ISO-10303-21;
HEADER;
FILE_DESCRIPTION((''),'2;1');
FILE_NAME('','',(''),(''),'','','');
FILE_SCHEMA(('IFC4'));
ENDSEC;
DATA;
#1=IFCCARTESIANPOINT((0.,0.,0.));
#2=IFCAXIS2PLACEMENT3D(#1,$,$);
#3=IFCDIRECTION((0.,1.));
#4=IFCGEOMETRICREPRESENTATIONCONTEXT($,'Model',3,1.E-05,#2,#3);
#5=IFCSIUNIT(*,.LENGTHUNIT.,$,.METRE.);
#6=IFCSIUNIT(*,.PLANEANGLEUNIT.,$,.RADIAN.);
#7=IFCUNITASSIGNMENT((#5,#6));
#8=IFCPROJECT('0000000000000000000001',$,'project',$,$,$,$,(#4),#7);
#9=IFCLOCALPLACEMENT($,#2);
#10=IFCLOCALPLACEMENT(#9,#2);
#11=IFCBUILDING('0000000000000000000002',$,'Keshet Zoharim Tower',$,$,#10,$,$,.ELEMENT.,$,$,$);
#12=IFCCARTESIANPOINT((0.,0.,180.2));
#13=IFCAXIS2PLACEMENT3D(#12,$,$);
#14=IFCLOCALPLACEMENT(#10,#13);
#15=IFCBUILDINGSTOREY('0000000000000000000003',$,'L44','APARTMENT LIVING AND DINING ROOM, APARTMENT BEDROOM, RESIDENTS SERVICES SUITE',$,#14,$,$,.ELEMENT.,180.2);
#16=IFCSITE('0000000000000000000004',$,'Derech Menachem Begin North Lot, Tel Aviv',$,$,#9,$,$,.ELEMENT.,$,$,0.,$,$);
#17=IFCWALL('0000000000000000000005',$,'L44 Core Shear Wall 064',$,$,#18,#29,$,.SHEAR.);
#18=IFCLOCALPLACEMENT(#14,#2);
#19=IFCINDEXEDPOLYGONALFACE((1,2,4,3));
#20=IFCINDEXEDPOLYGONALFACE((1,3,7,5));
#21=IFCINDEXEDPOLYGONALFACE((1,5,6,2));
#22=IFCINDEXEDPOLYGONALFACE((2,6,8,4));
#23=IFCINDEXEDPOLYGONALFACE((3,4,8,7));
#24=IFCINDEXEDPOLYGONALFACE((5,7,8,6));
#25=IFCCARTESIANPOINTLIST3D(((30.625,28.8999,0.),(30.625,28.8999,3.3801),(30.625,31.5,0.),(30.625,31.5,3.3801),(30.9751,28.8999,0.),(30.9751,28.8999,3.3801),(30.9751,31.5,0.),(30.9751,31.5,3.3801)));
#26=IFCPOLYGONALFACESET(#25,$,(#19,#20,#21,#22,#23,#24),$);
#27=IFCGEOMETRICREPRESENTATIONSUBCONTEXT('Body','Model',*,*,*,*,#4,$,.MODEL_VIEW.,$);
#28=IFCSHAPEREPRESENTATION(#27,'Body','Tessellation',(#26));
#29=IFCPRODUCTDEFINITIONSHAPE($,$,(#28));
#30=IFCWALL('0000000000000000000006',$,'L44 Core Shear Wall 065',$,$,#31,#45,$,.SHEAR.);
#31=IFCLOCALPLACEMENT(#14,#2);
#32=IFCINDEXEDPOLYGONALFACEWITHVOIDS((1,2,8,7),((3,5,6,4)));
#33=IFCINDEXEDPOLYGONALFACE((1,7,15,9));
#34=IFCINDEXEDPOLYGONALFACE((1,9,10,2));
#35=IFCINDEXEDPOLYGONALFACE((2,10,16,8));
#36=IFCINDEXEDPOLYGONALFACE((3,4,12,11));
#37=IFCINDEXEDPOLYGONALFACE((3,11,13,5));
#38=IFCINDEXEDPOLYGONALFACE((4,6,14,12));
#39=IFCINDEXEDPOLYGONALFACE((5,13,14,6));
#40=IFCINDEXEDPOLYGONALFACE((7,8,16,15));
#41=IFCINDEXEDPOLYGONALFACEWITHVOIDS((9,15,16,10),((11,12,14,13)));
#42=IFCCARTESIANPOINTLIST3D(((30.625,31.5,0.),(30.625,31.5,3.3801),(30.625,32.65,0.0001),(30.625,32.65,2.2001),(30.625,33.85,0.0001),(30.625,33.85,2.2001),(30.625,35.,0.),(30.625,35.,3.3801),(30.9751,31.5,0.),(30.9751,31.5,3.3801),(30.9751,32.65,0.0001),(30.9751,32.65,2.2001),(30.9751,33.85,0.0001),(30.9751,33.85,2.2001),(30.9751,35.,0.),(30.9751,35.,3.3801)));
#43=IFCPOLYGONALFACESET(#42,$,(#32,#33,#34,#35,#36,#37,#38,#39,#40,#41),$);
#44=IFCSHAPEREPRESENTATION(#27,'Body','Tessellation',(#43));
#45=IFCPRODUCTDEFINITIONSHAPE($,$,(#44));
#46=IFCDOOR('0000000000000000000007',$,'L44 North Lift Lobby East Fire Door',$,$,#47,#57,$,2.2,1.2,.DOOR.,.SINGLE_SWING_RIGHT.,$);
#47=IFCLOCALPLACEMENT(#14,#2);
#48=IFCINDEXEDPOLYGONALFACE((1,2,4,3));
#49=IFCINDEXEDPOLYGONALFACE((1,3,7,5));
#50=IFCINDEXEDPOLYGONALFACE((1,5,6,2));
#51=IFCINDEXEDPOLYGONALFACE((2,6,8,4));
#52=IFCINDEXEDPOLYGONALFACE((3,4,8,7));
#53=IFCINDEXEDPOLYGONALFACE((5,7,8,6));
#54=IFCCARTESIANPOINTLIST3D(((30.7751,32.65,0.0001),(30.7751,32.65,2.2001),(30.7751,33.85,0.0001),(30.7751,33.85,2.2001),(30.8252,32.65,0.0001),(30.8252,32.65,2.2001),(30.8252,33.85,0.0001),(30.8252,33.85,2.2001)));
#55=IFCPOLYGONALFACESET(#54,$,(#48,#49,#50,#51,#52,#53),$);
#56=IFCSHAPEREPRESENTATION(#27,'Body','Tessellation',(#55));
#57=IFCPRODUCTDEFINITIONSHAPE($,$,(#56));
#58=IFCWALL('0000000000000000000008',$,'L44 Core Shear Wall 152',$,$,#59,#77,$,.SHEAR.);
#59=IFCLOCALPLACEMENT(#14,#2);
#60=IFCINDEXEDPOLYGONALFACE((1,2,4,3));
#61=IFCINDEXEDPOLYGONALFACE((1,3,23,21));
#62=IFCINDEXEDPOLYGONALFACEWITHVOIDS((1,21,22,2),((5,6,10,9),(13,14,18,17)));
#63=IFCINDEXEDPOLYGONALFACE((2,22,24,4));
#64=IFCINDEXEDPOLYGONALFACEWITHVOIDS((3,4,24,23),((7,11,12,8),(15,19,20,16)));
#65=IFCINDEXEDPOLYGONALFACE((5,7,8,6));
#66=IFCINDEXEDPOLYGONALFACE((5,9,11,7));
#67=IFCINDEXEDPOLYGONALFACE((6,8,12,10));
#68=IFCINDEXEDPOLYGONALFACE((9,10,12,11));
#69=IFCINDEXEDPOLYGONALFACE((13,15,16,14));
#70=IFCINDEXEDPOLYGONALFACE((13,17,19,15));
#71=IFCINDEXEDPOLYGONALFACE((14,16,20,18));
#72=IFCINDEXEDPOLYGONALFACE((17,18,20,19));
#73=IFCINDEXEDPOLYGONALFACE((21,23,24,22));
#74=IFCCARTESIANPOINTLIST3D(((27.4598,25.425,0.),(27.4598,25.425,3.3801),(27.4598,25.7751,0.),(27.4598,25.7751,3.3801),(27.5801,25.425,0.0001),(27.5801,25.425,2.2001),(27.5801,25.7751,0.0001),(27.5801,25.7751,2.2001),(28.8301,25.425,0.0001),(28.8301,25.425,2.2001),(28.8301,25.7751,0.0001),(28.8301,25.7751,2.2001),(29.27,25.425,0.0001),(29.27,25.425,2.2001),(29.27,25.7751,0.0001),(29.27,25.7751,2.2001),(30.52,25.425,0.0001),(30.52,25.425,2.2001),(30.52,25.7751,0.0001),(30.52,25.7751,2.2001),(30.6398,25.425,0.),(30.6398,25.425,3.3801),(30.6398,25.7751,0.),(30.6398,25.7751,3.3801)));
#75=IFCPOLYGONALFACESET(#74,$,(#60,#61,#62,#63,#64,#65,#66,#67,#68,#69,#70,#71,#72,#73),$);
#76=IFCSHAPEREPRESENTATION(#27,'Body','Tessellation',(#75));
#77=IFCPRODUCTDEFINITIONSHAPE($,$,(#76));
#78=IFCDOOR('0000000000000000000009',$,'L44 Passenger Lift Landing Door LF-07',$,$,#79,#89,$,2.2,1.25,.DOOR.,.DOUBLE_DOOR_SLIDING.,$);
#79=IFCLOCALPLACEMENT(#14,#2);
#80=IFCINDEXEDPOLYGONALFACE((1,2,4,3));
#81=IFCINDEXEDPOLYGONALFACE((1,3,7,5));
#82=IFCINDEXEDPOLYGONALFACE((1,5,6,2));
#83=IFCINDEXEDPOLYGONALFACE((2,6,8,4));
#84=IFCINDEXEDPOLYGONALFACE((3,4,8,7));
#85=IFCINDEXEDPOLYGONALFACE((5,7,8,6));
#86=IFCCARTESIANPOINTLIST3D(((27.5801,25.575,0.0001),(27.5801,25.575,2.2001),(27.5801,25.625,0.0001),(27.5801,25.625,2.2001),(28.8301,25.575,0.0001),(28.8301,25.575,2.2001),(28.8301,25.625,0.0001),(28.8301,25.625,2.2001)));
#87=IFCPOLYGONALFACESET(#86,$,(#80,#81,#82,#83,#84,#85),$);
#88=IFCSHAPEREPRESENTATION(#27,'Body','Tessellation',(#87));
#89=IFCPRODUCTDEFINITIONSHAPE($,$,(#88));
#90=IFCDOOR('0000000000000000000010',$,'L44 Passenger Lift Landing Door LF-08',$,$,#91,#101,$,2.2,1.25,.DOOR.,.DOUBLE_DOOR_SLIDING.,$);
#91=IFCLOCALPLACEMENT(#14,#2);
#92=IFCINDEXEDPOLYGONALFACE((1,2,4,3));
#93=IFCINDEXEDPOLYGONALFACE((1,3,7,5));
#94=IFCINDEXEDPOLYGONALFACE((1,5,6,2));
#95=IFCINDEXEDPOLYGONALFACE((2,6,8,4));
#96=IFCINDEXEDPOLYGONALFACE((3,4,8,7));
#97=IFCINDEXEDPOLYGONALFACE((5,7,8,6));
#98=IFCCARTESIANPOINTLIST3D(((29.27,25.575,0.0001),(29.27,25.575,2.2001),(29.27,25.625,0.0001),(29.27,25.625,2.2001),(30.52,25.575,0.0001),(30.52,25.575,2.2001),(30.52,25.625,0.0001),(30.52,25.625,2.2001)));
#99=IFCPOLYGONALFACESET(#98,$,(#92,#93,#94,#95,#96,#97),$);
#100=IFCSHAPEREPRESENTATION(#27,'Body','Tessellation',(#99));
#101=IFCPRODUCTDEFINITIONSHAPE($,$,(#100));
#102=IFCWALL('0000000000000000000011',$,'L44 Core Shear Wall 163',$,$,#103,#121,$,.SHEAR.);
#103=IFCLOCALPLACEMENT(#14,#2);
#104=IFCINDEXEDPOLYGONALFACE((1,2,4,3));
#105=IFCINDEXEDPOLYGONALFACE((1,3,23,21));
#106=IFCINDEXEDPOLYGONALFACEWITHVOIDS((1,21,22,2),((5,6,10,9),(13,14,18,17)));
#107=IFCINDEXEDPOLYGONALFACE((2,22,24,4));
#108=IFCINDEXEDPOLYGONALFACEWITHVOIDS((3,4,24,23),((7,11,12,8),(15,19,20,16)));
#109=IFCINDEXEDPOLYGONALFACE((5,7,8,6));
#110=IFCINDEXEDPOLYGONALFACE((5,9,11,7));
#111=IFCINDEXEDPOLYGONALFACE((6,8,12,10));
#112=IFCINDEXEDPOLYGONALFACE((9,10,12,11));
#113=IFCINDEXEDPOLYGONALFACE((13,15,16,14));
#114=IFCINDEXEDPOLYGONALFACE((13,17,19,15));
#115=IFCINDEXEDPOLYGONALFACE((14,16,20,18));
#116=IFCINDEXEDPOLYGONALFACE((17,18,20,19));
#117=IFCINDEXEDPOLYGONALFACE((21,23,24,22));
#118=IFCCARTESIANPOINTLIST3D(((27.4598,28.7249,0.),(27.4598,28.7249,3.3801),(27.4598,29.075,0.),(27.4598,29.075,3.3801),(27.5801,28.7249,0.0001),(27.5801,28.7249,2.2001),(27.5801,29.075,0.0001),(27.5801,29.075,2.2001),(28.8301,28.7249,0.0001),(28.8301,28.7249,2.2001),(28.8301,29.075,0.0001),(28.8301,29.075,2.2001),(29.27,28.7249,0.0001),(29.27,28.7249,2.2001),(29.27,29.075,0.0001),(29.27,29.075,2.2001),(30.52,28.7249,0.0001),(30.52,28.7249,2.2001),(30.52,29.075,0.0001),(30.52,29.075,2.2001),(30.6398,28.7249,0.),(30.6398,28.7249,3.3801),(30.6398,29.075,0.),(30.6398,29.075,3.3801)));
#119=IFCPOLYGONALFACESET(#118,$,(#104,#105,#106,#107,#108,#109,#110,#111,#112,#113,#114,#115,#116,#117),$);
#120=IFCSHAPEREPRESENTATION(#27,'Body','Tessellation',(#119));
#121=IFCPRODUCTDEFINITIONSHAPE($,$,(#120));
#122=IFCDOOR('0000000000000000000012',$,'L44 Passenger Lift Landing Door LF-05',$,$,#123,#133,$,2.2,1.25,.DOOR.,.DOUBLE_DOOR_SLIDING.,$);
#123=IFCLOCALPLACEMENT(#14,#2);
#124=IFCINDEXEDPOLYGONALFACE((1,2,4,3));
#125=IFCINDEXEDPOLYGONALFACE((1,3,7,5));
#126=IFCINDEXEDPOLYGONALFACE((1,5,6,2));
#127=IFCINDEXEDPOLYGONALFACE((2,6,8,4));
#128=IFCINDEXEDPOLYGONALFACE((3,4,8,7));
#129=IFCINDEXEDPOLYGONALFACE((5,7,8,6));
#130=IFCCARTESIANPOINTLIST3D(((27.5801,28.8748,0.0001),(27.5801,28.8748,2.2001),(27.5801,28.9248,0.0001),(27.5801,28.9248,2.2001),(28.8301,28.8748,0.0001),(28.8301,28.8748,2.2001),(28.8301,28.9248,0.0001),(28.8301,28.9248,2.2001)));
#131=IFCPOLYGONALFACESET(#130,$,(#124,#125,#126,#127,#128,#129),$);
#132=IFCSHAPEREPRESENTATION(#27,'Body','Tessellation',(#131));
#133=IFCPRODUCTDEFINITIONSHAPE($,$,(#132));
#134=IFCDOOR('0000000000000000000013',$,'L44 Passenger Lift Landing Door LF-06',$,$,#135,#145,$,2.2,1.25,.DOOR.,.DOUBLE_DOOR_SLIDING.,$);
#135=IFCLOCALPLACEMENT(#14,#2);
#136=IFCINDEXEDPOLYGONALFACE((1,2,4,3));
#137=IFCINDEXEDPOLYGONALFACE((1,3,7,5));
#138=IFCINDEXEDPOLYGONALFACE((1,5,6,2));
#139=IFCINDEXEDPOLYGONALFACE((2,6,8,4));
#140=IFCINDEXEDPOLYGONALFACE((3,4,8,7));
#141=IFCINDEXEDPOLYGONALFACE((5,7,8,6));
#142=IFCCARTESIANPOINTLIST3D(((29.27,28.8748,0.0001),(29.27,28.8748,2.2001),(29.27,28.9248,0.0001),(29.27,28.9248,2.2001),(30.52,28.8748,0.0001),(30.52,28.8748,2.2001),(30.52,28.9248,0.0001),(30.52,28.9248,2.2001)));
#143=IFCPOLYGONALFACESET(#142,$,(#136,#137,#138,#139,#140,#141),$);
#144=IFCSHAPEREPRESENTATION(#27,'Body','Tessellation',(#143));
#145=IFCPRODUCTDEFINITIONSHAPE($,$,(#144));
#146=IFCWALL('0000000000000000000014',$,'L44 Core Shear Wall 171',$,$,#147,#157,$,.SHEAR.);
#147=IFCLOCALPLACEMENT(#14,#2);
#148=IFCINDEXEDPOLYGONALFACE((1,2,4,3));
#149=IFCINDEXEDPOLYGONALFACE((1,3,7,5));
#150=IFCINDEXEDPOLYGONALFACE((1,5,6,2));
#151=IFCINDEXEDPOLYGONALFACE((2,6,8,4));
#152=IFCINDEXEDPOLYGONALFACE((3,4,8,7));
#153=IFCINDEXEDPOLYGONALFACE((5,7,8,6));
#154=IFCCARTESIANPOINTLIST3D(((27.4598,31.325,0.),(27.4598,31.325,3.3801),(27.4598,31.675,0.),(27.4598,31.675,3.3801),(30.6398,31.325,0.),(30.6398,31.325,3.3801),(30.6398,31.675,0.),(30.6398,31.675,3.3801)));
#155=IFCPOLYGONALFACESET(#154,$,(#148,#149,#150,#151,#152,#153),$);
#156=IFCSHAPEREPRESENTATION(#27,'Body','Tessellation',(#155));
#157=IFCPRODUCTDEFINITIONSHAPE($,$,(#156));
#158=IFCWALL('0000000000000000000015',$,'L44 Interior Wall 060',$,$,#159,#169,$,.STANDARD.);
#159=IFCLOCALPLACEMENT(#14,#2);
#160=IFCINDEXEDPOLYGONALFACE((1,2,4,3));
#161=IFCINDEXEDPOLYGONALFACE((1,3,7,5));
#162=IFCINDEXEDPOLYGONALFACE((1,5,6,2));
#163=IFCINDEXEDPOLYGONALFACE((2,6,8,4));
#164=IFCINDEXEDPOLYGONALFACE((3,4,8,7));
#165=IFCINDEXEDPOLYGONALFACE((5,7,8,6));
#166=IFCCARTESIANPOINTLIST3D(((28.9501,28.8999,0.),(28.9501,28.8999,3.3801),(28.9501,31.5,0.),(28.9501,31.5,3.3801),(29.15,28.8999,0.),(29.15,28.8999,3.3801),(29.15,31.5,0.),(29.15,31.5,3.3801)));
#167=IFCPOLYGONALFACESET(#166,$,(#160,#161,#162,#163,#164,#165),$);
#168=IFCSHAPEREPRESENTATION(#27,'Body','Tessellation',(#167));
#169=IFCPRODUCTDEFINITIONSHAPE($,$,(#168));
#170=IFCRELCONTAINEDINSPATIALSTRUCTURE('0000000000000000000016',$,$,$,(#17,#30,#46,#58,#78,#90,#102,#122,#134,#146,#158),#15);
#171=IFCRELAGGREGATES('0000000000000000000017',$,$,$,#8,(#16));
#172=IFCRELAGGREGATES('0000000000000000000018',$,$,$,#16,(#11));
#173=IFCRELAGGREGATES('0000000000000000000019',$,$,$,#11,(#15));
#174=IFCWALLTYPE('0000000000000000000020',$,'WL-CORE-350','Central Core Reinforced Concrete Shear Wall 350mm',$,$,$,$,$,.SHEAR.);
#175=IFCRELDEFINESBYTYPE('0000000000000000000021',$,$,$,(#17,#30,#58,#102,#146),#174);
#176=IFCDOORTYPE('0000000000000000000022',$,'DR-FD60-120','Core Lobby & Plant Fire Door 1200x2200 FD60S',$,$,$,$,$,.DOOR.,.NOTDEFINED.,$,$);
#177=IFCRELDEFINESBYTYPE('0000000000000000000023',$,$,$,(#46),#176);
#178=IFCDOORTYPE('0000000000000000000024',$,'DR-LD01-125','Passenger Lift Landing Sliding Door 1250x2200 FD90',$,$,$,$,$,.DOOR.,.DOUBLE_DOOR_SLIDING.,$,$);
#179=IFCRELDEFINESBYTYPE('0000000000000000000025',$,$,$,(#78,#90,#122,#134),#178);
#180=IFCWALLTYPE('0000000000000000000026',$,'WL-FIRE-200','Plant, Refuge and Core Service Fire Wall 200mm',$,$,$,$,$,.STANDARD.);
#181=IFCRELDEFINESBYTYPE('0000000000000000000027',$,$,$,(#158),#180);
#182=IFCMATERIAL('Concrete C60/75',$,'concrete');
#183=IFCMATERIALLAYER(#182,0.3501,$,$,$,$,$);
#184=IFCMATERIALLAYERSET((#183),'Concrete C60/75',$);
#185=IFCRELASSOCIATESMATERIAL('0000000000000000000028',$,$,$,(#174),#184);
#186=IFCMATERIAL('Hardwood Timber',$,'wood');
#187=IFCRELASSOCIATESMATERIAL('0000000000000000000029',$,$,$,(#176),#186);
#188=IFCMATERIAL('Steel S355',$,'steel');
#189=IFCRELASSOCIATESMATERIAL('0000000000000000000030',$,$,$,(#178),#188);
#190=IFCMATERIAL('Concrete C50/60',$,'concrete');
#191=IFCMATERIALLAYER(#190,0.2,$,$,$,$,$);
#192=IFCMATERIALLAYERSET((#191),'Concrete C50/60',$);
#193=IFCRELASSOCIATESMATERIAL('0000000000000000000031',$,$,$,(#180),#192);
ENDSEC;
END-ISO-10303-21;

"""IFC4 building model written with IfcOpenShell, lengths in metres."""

from ifc_helpers import new_model, si_unit, direction, frame, frame_2d, origin, place, context, subcontext, project, spatial, rectangle, extrude, material, layer, layer_set, type_object, element, fill, save


model = new_model("IFC4")

# Units and contexts
model_context = context("Model", 3, precision=1e-05, world=origin(), true_north=direction((0.0, 1.0)))
body_context = subcontext(model_context, "Body", "Model", "MODEL_VIEW")
ifc_project = project(units=[si_unit("LENGTHUNIT", "METRE"), si_unit("PLANEANGLEUNIT", "RADIAN")], contexts=[model_context])

# Site, building, storey
site_placement = place(None, origin())
site = spatial("IfcSite", under=ifc_project, at=site_placement, Name="Derech Menachem Begin North Lot, Tel Aviv", CompositionType="ELEMENT", RefElevation=0.0)
building_placement = place(site_placement, origin())
building = spatial("IfcBuilding", under=site, at=building_placement, Name="Keshet Zoharim Tower", CompositionType="ELEMENT")
storey_placement = place(building_placement, frame((0.0, 0.0, 180.2)))
storey = spatial("IfcBuildingStorey", under=building, at=storey_placement, Name="L44", Description="APARTMENT LIVING AND DINING ROOM, APARTMENT BEDROOM, RESIDENTS SERVICES SUITE", CompositionType="ELEMENT", Elevation=180.2)

# Shared definitions
ifc_material_1 = material(Name="Concrete C60/75", Category="concrete")

# Shared definitions
ifc_material_2 = material(Name="Steel S355", Category="steel")

# Shared definitions
ifc_layer_1 = layer(ifc_material_1, 0.3501)
ifc_layer_set_1 = layer_set([ifc_layer_1], Name="Concrete C60/75")
wall_type_1 = type_object("IfcWallType", Name="WL-CORE-350", Description="Central Core Reinforced Concrete Shear Wall 350mm", PredefinedType="SHEAR", material=ifc_layer_set_1)

# Shared definitions
ifc_material_3 = material(Name="Hardwood Timber", Category="wood")
door_type_1 = type_object("IfcDoorType", Name="DR-FD60-120", Description="Core Lobby & Plant Fire Door 1200x2200 FD60S", OperationType="NOTDEFINED", PredefinedType="DOOR", material=ifc_material_3)

# Wall
wall_1_placement = place(storey_placement, frame((30.8, 28.8999, 0.0), z_axis=(0.0, 0.0, 1.0), x_axis=(0.0, 1.0, 0.0)))
element("IfcWall", 1, at=wall_1_placement, inside=storey, type_object=wall_type_1, Name="L44 Core Shear Wall 064", PredefinedType="SHEAR", context=body_context, shape_type="SweptSolid", body=[
    extrude(rectangle(XDim=2.6001, YDim=0.3501, at=frame_2d((1.3, 0.0))), origin(), (0.0, 0.0, 1.0), 3.3801),
])

# Wall, opening, door
wall_2_placement = place(storey_placement, frame((30.8, 31.5, 0.0), z_axis=(0.0, 0.0, 1.0), x_axis=(0.0, 1.0, 0.0)))
wall_2 = element("IfcWall", 2, at=wall_2_placement, inside=storey, type_object=wall_type_1, Name="L44 Core Shear Wall 065", PredefinedType="SHEAR", context=body_context, shape_type="SweptSolid", body=[
    extrude(rectangle(XDim=3.5, YDim=0.3501, at=frame_2d((1.75, 0.0))), origin(), (0.0, 0.0, 1.0), 3.3801),
])
opening_1_placement = place(wall_2_placement, frame((1.1499, 0.0, 0.0)))
opening_1 = element("IfcOpeningElement", 3, at=opening_1_placement, cuts=wall_2, PredefinedType="OPENING", context=body_context, shape_type="SweptSolid", body=[
    extrude(rectangle(XDim=1.2, YDim=2.2, at=frame_2d((0.6001, 1.1001))), frame((0.0, 0.1851, 0.0), z_axis=(0.0, -1.0, 0.0), x_axis=(1.0, 0.0, 0.0)), (0.0, 0.0, 1.0), 0.3701),
])
door_1_placement = place(opening_1_placement, origin())
door_1 = element("IfcDoor", 4, at=door_1_placement, inside=storey, type_object=door_type_1, Name="L44 North Lift Lobby East Fire Door", OperationType="SINGLE_SWING_RIGHT", OverallHeight=2.2, OverallWidth=1.2, PredefinedType="DOOR", context=body_context, shape_type="SweptSolid", body=[
    extrude(rectangle(XDim=1.2, YDim=2.2, at=frame_2d((0.6001, 1.1001))), frame((0.0, 0.0249, 0.0), z_axis=(0.0, -1.0, 0.0), x_axis=(1.0, 0.0, 0.0)), (0.0, 0.0, 1.0), 0.05),
])
fill(opening_1, door_1)

# Walls, openings, doors
wall_3_placement = place(storey_placement, frame((27.46, 25.6001, 0.0), z_axis=(0.0, 0.0, 1.0), x_axis=(1.0, 0.0, 0.0)))
wall_3 = element("IfcWall", 5, at=wall_3_placement, inside=storey, type_object=wall_type_1, Name="L44 Core Shear Wall 152", PredefinedType="SHEAR", context=body_context, shape_type="SweptSolid", body=[
    extrude(rectangle(XDim=3.1799, YDim=0.3501, at=frame_2d((1.5898, 0.0))), origin(), (0.0, 0.0, 1.0), 3.3801),
])
opening_2_placement = place(wall_3_placement, frame((0.1201, 0.0, 0.0)))
opening_2 = element("IfcOpeningElement", 6, at=opening_2_placement, cuts=wall_3, PredefinedType="OPENING", context=body_context, shape_type="SweptSolid", body=[
    extrude(rectangle(XDim=1.25, YDim=2.2, at=frame_2d((0.625, 1.1001))), frame((0.0, 0.1851, 0.0), z_axis=(0.0, -1.0, 0.0), x_axis=(1.0, 0.0, 0.0)), (0.0, 0.0, 1.0), 0.3701),
])
opening_3_placement = place(wall_3_placement, frame((1.8101, 0.0, 0.0)))
opening_3 = element("IfcOpeningElement", 7, at=opening_3_placement, cuts=wall_3, PredefinedType="OPENING", context=body_context, shape_type="SweptSolid", body=[
    extrude(rectangle(XDim=1.25, YDim=2.2, at=frame_2d((0.625, 1.1001))), frame((0.0, 0.1851, 0.0), z_axis=(0.0, -1.0, 0.0), x_axis=(1.0, 0.0, 0.0)), (0.0, 0.0, 1.0), 0.3701),
])
door_type_2 = type_object("IfcDoorType", Name="DR-LD01-125", Description="Passenger Lift Landing Sliding Door 1250x2200 FD90", OperationType="DOUBLE_DOOR_SLIDING", PredefinedType="DOOR", material=ifc_material_2)
door_2_placement = place(opening_2_placement, origin())
door_2 = element("IfcDoor", 8, at=door_2_placement, inside=storey, type_object=door_type_2, Name="L44 Passenger Lift Landing Door LF-07", OperationType="DOUBLE_DOOR_SLIDING", OverallHeight=2.2, OverallWidth=1.25, PredefinedType="DOOR", context=body_context, shape_type="SweptSolid", body=[
    extrude(rectangle(XDim=1.25, YDim=2.2, at=frame_2d((0.625, 1.1001))), frame((0.0, 0.0249, 0.0), z_axis=(0.0, -1.0, 0.0), x_axis=(1.0, 0.0, 0.0)), (0.0, 0.0, 1.0), 0.05),
])
fill(opening_2, door_2)
door_3_placement = place(opening_3_placement, origin())
door_3 = element("IfcDoor", 9, at=door_3_placement, inside=storey, type_object=door_type_2, Name="L44 Passenger Lift Landing Door LF-08", OperationType="DOUBLE_DOOR_SLIDING", OverallHeight=2.2, OverallWidth=1.25, PredefinedType="DOOR", context=body_context, shape_type="SweptSolid", body=[
    extrude(rectangle(XDim=1.25, YDim=2.2, at=frame_2d((0.625, 1.1001))), frame((0.0, 0.0249, 0.0), z_axis=(0.0, -1.0, 0.0), x_axis=(1.0, 0.0, 0.0)), (0.0, 0.0, 1.0), 0.05),
])
fill(opening_3, door_3)
wall_4_placement = place(storey_placement, frame((27.46, 28.8999, 0.0), z_axis=(0.0, 0.0, 1.0), x_axis=(1.0, 0.0, 0.0)))
wall_4 = element("IfcWall", 10, at=wall_4_placement, inside=storey, type_object=wall_type_1, Name="L44 Core Shear Wall 163", PredefinedType="SHEAR", context=body_context, shape_type="SweptSolid", body=[
    extrude(rectangle(XDim=3.1799, YDim=0.3501, at=frame_2d((1.5898, 0.0))), origin(), (0.0, 0.0, 1.0), 3.3801),
])
opening_4_placement = place(wall_4_placement, frame((0.1201, 0.0, 0.0)))
opening_4 = element("IfcOpeningElement", 11, at=opening_4_placement, cuts=wall_4, PredefinedType="OPENING", context=body_context, shape_type="SweptSolid", body=[
    extrude(rectangle(XDim=1.25, YDim=2.2, at=frame_2d((0.625, 1.1001))), frame((0.0, 0.1851, 0.0), z_axis=(0.0, -1.0, 0.0), x_axis=(1.0, 0.0, 0.0)), (0.0, 0.0, 1.0), 0.3701),
])
opening_5_placement = place(wall_4_placement, frame((1.8101, 0.0, 0.0)))
opening_5 = element("IfcOpeningElement", 12, at=opening_5_placement, cuts=wall_4, PredefinedType="OPENING", context=body_context, shape_type="SweptSolid", body=[
    extrude(rectangle(XDim=1.25, YDim=2.2, at=frame_2d((0.625, 1.1001))), frame((0.0, 0.1851, 0.0), z_axis=(0.0, -1.0, 0.0), x_axis=(1.0, 0.0, 0.0)), (0.0, 0.0, 1.0), 0.3701),
])
door_4_placement = place(opening_4_placement, origin())
door_4 = element("IfcDoor", 13, at=door_4_placement, inside=storey, type_object=door_type_2, Name="L44 Passenger Lift Landing Door LF-05", OperationType="DOUBLE_DOOR_SLIDING", OverallHeight=2.2, OverallWidth=1.25, PredefinedType="DOOR", context=body_context, shape_type="SweptSolid", body=[
    extrude(rectangle(XDim=1.25, YDim=2.2, at=frame_2d((0.625, 1.1001))), frame((0.0, 0.0249, 0.0), z_axis=(0.0, -1.0, 0.0), x_axis=(1.0, 0.0, 0.0)), (0.0, 0.0, 1.0), 0.05),
])
fill(opening_4, door_4)
door_5_placement = place(opening_5_placement, origin())
door_5 = element("IfcDoor", 14, at=door_5_placement, inside=storey, type_object=door_type_2, Name="L44 Passenger Lift Landing Door LF-06", OperationType="DOUBLE_DOOR_SLIDING", OverallHeight=2.2, OverallWidth=1.25, PredefinedType="DOOR", context=body_context, shape_type="SweptSolid", body=[
    extrude(rectangle(XDim=1.25, YDim=2.2, at=frame_2d((0.625, 1.1001))), frame((0.0, 0.0249, 0.0), z_axis=(0.0, -1.0, 0.0), x_axis=(1.0, 0.0, 0.0)), (0.0, 0.0, 1.0), 0.05),
])
fill(opening_5, door_5)

# Walls
wall_5_placement = place(storey_placement, frame((27.46, 31.5, 0.0), z_axis=(0.0, 0.0, 1.0), x_axis=(1.0, 0.0, 0.0)))
element("IfcWall", 15, at=wall_5_placement, inside=storey, type_object=wall_type_1, Name="L44 Core Shear Wall 171", PredefinedType="SHEAR", context=body_context, shape_type="SweptSolid", body=[
    extrude(rectangle(XDim=3.1799, YDim=0.3501, at=frame_2d((1.5898, 0.0))), origin(), (0.0, 0.0, 1.0), 3.3801),
])
ifc_material_4 = material(Name="Concrete C50/60", Category="concrete")
ifc_layer_2 = layer(ifc_material_4, 0.2)
ifc_layer_set_2 = layer_set([ifc_layer_2], Name="Concrete C50/60")
wall_type_2 = type_object("IfcWallType", Name="WL-FIRE-200", Description="Plant, Refuge and Core Service Fire Wall 200mm", PredefinedType="STANDARD", material=ifc_layer_set_2)
wall_6_placement = place(storey_placement, frame((29.05, 28.8999, 0.0), z_axis=(0.0, 0.0, 1.0), x_axis=(0.0, 1.0, 0.0)))
element("IfcWall", 16, at=wall_6_placement, inside=storey, type_object=wall_type_2, Name="L44 Interior Wall 060", PredefinedType="STANDARD", context=body_context, shape_type="SweptSolid", body=[
    extrude(rectangle(XDim=2.6001, YDim=0.2, at=frame_2d((1.3, 0.0))), origin(), (0.0, 0.0, 1.0), 3.3801),
])

save(model, "model.ifc")
